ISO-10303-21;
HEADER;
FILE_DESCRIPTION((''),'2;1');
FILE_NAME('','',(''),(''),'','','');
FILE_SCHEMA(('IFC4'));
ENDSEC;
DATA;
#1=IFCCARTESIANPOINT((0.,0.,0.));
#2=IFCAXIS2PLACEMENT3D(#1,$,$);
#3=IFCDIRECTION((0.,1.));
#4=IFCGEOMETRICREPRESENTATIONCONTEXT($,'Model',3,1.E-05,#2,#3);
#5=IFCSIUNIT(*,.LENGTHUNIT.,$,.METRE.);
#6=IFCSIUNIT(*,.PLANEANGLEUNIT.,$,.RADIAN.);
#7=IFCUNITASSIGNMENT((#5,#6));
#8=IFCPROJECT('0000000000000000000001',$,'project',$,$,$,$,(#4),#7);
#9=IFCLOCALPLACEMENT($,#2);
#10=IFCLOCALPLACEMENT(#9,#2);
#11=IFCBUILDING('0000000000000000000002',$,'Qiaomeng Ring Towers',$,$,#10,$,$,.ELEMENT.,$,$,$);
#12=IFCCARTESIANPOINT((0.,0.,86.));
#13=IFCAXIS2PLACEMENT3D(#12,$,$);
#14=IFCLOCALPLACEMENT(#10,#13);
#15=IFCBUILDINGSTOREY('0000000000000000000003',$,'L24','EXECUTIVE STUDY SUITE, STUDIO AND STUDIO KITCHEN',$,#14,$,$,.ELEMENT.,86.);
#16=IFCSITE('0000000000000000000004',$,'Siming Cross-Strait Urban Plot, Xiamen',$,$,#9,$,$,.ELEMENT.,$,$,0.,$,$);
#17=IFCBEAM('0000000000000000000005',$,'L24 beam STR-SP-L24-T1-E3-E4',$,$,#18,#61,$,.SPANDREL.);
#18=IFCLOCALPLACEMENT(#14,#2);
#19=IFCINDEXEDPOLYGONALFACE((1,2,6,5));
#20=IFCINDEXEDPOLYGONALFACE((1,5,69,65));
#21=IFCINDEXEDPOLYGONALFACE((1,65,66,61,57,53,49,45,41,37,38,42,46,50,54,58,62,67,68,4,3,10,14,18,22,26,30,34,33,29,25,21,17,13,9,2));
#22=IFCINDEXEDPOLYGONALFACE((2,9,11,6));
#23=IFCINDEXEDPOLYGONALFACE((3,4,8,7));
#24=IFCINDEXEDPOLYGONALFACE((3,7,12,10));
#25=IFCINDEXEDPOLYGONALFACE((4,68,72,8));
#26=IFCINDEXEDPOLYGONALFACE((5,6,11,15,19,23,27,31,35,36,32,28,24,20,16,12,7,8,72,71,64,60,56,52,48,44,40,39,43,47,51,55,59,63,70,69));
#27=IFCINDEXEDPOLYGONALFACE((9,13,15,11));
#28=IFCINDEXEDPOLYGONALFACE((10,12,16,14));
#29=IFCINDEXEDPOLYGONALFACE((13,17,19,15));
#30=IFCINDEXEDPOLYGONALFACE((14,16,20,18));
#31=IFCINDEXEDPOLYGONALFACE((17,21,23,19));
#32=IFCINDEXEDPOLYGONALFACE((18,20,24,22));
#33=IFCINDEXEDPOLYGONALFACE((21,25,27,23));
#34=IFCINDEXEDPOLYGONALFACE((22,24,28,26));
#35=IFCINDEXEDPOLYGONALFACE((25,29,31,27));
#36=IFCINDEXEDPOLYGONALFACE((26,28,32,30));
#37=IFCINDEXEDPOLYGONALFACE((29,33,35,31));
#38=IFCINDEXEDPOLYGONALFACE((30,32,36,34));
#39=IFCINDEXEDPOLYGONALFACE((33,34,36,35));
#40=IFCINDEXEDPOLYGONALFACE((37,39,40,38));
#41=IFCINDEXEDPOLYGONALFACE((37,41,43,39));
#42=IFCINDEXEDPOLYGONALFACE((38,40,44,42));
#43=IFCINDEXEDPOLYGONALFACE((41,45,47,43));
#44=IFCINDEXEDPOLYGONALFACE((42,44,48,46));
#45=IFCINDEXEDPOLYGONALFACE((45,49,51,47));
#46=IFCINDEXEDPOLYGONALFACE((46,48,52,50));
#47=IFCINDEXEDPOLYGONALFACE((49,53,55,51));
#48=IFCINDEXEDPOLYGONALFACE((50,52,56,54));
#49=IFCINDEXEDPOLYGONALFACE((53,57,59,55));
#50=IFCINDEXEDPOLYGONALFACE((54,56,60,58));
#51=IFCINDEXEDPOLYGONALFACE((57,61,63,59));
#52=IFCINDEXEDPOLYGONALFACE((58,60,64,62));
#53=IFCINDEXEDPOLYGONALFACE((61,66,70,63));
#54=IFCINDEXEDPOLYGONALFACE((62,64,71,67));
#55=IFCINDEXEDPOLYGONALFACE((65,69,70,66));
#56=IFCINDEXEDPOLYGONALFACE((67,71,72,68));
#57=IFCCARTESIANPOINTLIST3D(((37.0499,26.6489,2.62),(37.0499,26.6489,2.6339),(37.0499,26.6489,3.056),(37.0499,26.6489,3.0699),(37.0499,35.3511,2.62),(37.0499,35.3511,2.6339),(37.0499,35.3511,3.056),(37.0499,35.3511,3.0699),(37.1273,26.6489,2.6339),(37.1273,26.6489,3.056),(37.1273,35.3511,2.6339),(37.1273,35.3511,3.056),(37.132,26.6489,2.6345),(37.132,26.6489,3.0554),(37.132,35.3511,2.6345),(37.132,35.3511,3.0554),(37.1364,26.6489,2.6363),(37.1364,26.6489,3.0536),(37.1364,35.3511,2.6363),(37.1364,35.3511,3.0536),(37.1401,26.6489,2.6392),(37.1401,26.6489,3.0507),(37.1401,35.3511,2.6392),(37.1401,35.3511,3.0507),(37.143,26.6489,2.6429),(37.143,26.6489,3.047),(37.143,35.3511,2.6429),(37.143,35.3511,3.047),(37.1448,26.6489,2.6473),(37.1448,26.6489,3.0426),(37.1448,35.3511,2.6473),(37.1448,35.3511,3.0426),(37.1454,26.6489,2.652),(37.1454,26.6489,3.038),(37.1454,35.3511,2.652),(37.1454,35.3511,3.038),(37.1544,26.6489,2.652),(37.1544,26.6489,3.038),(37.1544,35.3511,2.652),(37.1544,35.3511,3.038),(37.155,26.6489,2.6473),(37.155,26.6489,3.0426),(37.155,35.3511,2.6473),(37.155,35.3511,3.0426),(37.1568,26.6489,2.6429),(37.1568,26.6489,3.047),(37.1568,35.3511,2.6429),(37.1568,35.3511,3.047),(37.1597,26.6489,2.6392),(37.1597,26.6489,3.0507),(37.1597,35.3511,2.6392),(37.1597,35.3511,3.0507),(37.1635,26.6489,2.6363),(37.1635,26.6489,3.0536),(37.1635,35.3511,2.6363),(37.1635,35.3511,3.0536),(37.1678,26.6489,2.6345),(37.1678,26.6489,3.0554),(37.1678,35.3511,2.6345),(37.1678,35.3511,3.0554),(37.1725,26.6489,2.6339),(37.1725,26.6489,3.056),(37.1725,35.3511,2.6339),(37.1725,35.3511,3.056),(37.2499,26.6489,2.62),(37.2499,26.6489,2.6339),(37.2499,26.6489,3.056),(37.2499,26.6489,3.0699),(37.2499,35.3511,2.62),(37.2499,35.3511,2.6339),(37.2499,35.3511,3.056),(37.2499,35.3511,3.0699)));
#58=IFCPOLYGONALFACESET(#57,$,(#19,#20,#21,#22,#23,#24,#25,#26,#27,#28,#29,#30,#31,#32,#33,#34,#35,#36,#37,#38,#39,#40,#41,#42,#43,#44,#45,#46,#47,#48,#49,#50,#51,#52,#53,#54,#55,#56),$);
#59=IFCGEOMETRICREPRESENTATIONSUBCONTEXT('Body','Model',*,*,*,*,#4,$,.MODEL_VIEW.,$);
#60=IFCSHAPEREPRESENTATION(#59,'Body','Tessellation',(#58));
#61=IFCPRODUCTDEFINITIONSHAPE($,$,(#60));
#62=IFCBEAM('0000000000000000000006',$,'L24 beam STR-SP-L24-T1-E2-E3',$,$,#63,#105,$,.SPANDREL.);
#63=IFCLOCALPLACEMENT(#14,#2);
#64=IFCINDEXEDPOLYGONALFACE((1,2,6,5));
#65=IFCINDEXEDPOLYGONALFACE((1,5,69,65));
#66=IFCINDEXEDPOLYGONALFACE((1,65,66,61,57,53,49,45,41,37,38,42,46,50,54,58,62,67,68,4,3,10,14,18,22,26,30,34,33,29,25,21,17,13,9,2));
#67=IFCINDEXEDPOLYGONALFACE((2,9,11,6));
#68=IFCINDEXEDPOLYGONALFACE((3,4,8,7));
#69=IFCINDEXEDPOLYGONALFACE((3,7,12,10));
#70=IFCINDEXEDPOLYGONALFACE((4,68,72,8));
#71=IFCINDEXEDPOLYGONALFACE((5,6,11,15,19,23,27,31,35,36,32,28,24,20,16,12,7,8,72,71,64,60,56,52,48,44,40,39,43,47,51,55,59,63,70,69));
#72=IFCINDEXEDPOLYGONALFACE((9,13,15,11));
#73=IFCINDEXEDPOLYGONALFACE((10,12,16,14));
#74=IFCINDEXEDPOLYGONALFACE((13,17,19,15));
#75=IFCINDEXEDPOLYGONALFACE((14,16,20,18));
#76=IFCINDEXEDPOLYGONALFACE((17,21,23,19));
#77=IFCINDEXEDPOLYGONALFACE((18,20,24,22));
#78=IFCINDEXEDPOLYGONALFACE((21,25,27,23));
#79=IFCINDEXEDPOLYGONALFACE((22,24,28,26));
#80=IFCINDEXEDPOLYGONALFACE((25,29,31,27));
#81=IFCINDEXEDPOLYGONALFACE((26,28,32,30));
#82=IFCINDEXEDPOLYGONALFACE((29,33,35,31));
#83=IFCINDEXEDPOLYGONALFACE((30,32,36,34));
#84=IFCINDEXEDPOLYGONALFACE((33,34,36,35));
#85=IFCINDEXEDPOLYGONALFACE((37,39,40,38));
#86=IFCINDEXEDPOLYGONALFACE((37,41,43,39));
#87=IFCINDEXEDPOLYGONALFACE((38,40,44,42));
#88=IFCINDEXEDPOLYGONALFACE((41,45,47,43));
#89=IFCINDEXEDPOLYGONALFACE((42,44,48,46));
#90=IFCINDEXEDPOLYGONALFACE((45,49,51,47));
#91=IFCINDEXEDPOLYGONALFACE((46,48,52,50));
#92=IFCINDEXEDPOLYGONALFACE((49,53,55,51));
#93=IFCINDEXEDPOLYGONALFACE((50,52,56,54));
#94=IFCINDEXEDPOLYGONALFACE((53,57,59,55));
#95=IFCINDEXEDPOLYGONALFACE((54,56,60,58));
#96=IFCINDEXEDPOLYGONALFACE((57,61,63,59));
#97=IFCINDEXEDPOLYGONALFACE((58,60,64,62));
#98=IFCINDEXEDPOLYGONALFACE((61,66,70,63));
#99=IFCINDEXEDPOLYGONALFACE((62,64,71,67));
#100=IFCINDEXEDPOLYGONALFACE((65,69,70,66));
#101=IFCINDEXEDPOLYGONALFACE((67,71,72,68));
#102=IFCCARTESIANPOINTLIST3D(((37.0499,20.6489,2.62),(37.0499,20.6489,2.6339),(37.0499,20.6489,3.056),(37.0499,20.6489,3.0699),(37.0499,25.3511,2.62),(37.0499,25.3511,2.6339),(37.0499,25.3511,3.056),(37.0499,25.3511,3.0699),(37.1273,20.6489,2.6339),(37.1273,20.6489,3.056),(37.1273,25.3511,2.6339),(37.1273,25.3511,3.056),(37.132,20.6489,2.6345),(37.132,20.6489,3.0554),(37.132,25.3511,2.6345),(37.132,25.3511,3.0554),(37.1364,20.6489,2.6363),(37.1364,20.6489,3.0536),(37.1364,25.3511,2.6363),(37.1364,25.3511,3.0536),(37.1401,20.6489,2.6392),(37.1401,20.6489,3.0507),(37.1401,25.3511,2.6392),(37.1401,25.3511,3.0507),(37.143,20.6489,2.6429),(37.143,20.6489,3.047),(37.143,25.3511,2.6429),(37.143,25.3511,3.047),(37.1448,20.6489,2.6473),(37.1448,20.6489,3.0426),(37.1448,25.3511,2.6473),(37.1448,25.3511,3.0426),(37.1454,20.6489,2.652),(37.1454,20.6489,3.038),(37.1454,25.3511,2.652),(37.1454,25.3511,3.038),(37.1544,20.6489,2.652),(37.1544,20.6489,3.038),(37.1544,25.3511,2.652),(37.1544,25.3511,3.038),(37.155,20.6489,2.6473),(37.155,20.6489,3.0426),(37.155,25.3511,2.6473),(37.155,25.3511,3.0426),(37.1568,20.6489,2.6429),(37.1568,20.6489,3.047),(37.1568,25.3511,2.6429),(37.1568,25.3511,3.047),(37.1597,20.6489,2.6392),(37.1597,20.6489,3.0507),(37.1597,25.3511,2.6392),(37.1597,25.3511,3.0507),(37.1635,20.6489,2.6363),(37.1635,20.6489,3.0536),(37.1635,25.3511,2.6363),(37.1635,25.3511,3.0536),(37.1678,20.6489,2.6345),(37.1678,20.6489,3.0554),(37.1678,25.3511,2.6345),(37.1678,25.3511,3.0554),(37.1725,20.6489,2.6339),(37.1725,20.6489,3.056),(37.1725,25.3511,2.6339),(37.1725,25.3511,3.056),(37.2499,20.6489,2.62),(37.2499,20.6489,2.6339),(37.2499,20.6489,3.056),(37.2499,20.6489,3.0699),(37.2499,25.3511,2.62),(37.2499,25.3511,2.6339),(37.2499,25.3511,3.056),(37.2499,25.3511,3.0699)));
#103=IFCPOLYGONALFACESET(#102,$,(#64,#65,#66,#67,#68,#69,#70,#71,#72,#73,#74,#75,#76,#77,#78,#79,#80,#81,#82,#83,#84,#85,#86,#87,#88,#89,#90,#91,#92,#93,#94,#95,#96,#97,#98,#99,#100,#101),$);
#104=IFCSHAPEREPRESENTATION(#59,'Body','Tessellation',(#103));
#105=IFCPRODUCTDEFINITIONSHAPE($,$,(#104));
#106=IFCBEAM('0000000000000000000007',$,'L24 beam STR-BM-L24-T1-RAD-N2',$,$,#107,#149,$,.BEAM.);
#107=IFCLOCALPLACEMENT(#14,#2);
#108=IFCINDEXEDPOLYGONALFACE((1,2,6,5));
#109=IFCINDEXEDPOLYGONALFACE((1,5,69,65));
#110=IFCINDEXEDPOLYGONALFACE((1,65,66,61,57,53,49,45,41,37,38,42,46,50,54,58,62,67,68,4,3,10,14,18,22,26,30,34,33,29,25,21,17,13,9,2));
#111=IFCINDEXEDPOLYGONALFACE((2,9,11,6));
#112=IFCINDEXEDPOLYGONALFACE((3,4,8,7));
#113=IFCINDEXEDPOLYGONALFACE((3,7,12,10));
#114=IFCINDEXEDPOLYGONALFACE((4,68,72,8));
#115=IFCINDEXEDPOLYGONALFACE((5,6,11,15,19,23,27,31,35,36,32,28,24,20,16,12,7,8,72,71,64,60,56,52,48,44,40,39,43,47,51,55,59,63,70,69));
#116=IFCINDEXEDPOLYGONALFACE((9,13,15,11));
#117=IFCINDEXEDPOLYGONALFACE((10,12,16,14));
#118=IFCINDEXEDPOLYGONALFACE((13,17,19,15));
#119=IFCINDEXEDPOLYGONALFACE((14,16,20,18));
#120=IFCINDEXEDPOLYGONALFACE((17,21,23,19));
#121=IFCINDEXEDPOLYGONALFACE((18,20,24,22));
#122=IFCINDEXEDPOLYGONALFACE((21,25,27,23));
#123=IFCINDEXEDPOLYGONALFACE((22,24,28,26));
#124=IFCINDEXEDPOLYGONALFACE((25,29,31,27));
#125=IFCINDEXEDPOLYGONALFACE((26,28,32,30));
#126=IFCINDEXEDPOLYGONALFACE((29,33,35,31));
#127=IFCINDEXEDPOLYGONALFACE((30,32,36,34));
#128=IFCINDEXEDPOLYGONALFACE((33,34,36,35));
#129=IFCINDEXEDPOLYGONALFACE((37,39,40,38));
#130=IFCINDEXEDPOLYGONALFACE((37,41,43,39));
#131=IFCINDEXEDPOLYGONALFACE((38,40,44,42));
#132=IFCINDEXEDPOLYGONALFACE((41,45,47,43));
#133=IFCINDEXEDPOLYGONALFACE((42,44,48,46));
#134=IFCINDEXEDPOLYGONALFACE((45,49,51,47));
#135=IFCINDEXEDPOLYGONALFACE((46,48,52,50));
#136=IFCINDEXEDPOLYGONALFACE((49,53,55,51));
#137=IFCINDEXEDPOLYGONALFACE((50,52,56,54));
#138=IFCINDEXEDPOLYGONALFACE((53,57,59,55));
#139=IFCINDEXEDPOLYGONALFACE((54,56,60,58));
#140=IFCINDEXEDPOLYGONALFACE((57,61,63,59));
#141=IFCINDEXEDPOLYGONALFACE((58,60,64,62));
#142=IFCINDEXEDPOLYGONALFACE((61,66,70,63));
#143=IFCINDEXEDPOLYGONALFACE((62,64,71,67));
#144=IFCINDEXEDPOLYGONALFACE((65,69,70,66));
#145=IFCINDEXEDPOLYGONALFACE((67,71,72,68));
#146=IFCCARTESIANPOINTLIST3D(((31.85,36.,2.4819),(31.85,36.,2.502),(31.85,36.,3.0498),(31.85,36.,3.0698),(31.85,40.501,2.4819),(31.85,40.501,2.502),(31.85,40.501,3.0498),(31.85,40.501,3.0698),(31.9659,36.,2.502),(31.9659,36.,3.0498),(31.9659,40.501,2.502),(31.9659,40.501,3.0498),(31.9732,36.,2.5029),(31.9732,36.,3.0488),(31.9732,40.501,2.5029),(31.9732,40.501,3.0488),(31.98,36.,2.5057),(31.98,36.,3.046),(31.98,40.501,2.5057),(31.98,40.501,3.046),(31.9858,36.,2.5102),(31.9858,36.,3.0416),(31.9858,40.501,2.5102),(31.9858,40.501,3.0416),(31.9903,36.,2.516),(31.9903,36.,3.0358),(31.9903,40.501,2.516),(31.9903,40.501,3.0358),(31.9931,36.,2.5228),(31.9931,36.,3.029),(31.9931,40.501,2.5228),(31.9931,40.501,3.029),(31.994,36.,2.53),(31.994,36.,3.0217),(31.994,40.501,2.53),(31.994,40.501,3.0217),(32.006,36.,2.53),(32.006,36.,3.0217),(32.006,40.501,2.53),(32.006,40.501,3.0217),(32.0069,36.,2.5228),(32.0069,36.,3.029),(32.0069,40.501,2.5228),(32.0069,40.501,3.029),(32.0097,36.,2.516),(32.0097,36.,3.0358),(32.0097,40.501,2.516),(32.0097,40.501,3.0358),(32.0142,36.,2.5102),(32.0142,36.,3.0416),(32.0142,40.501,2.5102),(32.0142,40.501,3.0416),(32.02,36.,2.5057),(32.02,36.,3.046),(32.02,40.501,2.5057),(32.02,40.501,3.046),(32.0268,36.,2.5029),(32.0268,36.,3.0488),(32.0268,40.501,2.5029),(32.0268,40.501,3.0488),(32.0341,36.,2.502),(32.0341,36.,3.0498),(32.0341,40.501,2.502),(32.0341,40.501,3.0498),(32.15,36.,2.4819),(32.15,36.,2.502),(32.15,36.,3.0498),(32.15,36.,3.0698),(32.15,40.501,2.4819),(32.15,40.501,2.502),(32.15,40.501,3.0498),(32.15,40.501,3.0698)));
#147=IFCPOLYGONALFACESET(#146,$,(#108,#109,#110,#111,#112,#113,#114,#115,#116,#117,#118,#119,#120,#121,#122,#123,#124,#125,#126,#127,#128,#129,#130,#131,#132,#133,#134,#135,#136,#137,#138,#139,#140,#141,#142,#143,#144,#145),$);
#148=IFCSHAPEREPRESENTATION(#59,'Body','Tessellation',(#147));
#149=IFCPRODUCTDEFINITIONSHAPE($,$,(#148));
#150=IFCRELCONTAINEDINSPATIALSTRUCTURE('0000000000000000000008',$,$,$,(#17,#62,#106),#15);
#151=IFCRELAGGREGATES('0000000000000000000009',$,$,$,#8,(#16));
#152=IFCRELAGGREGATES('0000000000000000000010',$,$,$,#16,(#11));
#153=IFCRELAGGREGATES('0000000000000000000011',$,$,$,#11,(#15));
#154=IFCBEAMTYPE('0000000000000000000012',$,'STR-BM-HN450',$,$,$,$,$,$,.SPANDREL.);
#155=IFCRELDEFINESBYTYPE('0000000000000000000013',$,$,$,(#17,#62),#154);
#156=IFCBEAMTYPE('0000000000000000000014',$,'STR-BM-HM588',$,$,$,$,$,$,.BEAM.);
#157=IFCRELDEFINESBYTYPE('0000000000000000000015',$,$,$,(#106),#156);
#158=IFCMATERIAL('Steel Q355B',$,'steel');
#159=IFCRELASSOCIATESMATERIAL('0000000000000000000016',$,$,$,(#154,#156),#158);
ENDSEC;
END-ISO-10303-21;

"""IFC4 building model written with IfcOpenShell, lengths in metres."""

from ifc_helpers import new_model, si_unit, direction, frame, origin, origin_2d, place, context, subcontext, project, spatial, i_section, extrude, source, transform, mapped, material, material_profile, profile_set, type_object, element, save


model = new_model("IFC4")

# Units and contexts
model_context = context("Model", 3, precision=1e-05, world=origin(), true_north=direction((0.0, 1.0)))
body_context = subcontext(model_context, "Body", "Model", "MODEL_VIEW")
ifc_project = project(units=[si_unit("LENGTHUNIT", "METRE"), si_unit("PLANEANGLEUNIT", "RADIAN")], contexts=[model_context])

# Site, building, storey
site_placement = place(None, origin())
site = spatial("IfcSite", under=ifc_project, at=site_placement, Name="Siming Cross-Strait Urban Plot, Xiamen", CompositionType="ELEMENT", RefElevation=0.0)
building_placement = place(site_placement, origin())
building = spatial("IfcBuilding", under=site, at=building_placement, Name="Qiaomeng Ring Towers", CompositionType="ELEMENT")
storey_placement = place(building_placement, frame((0.0, 0.0, 86.0)))
storey = spatial("IfcBuildingStorey", under=building, at=storey_placement, Name="L24", Description="EXECUTIVE STUDY SUITE, STUDIO AND STUDIO KITCHEN", CompositionType="ELEMENT", Elevation=86.0)

# Beams
ifc_material_1 = material(Name="Steel Q355B", Category="steel")
ifc_material_profile_1 = material_profile(ifc_material_1, i_section(OverallWidth=0.2, OverallDepth=0.45, WebThickness=0.009, FlangeThickness=0.0139, FilletRadius=0.0181, at=origin_2d()), Name="HN 450x200x9x14")
ifc_profile_set_1 = profile_set([ifc_material_profile_1], Name="Steel Q355B")
beam_type_1 = type_object("IfcBeamType", Name="STR-BM-HN450", PredefinedType="SPANDREL", material=ifc_profile_set_1)
shared_shape_1 = source(origin(), body_context, "Body", "SweptSolid", [
    extrude(i_section(OverallWidth=0.2, OverallDepth=0.45, WebThickness=0.009, FlangeThickness=0.0139, FilletRadius=0.0181, at=origin_2d()), origin(), (0.0, 0.0, 1.0), 8.7021),
])
beam_1_placement = place(storey_placement, frame((37.1499, 26.6489, 2.845), z_axis=(0.0, 1.0, 0.0), x_axis=(-1.0, 0.0, 0.0)))
element("IfcBeam", 1, at=beam_1_placement, inside=storey, type_object=beam_type_1, Name="L24 beam STR-SP-L24-T1-E3-E4", PredefinedType="SPANDREL", context=body_context, shape_type="MappedRepresentation", body=[
    mapped(shared_shape_1, transform((0.0, 0.0, 0.0), x_axis=(1.0, 0.0, 0.0), y_axis=(0.0, 1.0, 0.0), z_axis=(0.0, 0.0, 1.0), scale=1.0)),
])
shared_shape_2 = source(origin(), body_context, "Body", "SweptSolid", [
    extrude(i_section(OverallWidth=0.2, OverallDepth=0.45, WebThickness=0.009, FlangeThickness=0.0139, FilletRadius=0.0181, at=origin_2d()), origin(), (0.0, 0.0, 1.0), 4.7021),
])
beam_2_placement = place(storey_placement, frame((37.1499, 20.6489, 2.845), z_axis=(0.0, 1.0, 0.0), x_axis=(-1.0, 0.0, 0.0)))
element("IfcBeam", 2, at=beam_2_placement, inside=storey, type_object=beam_type_1, Name="L24 beam STR-SP-L24-T1-E2-E3", PredefinedType="SPANDREL", context=body_context, shape_type="MappedRepresentation", body=[
    mapped(shared_shape_2, transform((0.0, 0.0, 0.0), x_axis=(1.0, 0.0, 0.0), y_axis=(0.0, 1.0, 0.0), z_axis=(0.0, 0.0, 1.0), scale=1.0)),
])
ifc_material_profile_2 = material_profile(ifc_material_1, i_section(OverallWidth=0.3, OverallDepth=0.5879, WebThickness=0.012, FlangeThickness=0.02, FilletRadius=0.0281, at=origin_2d()), Name="HM 588x300x12x20")
ifc_profile_set_2 = profile_set([ifc_material_profile_2], Name="Steel Q355B")
beam_type_2 = type_object("IfcBeamType", Name="STR-BM-HM588", PredefinedType="BEAM", material=ifc_profile_set_2)
shared_shape_3 = source(origin(), body_context, "Body", "SweptSolid", [
    extrude(i_section(OverallWidth=0.3, OverallDepth=0.5879, WebThickness=0.012, FlangeThickness=0.02, FilletRadius=0.0281, at=origin_2d()), origin(), (0.0, 0.0, 1.0), 4.501),
])
beam_3_placement = place(storey_placement, frame((32.0, 40.501, 2.7759), z_axis=(0.0, -1.0, 0.0), x_axis=(1.0, 0.0, 0.0)))
element("IfcBeam", 3, at=beam_3_placement, inside=storey, type_object=beam_type_2, Name="L24 beam STR-BM-L24-T1-RAD-N2", PredefinedType="BEAM", context=body_context, shape_type="MappedRepresentation", body=[
    mapped(shared_shape_3, transform((0.0, 0.0, 0.0), x_axis=(1.0, 0.0, 0.0), y_axis=(0.0, 1.0, 0.0), z_axis=(0.0, 0.0, 1.0), scale=1.0)),
])

save(model, "model.ifc")
